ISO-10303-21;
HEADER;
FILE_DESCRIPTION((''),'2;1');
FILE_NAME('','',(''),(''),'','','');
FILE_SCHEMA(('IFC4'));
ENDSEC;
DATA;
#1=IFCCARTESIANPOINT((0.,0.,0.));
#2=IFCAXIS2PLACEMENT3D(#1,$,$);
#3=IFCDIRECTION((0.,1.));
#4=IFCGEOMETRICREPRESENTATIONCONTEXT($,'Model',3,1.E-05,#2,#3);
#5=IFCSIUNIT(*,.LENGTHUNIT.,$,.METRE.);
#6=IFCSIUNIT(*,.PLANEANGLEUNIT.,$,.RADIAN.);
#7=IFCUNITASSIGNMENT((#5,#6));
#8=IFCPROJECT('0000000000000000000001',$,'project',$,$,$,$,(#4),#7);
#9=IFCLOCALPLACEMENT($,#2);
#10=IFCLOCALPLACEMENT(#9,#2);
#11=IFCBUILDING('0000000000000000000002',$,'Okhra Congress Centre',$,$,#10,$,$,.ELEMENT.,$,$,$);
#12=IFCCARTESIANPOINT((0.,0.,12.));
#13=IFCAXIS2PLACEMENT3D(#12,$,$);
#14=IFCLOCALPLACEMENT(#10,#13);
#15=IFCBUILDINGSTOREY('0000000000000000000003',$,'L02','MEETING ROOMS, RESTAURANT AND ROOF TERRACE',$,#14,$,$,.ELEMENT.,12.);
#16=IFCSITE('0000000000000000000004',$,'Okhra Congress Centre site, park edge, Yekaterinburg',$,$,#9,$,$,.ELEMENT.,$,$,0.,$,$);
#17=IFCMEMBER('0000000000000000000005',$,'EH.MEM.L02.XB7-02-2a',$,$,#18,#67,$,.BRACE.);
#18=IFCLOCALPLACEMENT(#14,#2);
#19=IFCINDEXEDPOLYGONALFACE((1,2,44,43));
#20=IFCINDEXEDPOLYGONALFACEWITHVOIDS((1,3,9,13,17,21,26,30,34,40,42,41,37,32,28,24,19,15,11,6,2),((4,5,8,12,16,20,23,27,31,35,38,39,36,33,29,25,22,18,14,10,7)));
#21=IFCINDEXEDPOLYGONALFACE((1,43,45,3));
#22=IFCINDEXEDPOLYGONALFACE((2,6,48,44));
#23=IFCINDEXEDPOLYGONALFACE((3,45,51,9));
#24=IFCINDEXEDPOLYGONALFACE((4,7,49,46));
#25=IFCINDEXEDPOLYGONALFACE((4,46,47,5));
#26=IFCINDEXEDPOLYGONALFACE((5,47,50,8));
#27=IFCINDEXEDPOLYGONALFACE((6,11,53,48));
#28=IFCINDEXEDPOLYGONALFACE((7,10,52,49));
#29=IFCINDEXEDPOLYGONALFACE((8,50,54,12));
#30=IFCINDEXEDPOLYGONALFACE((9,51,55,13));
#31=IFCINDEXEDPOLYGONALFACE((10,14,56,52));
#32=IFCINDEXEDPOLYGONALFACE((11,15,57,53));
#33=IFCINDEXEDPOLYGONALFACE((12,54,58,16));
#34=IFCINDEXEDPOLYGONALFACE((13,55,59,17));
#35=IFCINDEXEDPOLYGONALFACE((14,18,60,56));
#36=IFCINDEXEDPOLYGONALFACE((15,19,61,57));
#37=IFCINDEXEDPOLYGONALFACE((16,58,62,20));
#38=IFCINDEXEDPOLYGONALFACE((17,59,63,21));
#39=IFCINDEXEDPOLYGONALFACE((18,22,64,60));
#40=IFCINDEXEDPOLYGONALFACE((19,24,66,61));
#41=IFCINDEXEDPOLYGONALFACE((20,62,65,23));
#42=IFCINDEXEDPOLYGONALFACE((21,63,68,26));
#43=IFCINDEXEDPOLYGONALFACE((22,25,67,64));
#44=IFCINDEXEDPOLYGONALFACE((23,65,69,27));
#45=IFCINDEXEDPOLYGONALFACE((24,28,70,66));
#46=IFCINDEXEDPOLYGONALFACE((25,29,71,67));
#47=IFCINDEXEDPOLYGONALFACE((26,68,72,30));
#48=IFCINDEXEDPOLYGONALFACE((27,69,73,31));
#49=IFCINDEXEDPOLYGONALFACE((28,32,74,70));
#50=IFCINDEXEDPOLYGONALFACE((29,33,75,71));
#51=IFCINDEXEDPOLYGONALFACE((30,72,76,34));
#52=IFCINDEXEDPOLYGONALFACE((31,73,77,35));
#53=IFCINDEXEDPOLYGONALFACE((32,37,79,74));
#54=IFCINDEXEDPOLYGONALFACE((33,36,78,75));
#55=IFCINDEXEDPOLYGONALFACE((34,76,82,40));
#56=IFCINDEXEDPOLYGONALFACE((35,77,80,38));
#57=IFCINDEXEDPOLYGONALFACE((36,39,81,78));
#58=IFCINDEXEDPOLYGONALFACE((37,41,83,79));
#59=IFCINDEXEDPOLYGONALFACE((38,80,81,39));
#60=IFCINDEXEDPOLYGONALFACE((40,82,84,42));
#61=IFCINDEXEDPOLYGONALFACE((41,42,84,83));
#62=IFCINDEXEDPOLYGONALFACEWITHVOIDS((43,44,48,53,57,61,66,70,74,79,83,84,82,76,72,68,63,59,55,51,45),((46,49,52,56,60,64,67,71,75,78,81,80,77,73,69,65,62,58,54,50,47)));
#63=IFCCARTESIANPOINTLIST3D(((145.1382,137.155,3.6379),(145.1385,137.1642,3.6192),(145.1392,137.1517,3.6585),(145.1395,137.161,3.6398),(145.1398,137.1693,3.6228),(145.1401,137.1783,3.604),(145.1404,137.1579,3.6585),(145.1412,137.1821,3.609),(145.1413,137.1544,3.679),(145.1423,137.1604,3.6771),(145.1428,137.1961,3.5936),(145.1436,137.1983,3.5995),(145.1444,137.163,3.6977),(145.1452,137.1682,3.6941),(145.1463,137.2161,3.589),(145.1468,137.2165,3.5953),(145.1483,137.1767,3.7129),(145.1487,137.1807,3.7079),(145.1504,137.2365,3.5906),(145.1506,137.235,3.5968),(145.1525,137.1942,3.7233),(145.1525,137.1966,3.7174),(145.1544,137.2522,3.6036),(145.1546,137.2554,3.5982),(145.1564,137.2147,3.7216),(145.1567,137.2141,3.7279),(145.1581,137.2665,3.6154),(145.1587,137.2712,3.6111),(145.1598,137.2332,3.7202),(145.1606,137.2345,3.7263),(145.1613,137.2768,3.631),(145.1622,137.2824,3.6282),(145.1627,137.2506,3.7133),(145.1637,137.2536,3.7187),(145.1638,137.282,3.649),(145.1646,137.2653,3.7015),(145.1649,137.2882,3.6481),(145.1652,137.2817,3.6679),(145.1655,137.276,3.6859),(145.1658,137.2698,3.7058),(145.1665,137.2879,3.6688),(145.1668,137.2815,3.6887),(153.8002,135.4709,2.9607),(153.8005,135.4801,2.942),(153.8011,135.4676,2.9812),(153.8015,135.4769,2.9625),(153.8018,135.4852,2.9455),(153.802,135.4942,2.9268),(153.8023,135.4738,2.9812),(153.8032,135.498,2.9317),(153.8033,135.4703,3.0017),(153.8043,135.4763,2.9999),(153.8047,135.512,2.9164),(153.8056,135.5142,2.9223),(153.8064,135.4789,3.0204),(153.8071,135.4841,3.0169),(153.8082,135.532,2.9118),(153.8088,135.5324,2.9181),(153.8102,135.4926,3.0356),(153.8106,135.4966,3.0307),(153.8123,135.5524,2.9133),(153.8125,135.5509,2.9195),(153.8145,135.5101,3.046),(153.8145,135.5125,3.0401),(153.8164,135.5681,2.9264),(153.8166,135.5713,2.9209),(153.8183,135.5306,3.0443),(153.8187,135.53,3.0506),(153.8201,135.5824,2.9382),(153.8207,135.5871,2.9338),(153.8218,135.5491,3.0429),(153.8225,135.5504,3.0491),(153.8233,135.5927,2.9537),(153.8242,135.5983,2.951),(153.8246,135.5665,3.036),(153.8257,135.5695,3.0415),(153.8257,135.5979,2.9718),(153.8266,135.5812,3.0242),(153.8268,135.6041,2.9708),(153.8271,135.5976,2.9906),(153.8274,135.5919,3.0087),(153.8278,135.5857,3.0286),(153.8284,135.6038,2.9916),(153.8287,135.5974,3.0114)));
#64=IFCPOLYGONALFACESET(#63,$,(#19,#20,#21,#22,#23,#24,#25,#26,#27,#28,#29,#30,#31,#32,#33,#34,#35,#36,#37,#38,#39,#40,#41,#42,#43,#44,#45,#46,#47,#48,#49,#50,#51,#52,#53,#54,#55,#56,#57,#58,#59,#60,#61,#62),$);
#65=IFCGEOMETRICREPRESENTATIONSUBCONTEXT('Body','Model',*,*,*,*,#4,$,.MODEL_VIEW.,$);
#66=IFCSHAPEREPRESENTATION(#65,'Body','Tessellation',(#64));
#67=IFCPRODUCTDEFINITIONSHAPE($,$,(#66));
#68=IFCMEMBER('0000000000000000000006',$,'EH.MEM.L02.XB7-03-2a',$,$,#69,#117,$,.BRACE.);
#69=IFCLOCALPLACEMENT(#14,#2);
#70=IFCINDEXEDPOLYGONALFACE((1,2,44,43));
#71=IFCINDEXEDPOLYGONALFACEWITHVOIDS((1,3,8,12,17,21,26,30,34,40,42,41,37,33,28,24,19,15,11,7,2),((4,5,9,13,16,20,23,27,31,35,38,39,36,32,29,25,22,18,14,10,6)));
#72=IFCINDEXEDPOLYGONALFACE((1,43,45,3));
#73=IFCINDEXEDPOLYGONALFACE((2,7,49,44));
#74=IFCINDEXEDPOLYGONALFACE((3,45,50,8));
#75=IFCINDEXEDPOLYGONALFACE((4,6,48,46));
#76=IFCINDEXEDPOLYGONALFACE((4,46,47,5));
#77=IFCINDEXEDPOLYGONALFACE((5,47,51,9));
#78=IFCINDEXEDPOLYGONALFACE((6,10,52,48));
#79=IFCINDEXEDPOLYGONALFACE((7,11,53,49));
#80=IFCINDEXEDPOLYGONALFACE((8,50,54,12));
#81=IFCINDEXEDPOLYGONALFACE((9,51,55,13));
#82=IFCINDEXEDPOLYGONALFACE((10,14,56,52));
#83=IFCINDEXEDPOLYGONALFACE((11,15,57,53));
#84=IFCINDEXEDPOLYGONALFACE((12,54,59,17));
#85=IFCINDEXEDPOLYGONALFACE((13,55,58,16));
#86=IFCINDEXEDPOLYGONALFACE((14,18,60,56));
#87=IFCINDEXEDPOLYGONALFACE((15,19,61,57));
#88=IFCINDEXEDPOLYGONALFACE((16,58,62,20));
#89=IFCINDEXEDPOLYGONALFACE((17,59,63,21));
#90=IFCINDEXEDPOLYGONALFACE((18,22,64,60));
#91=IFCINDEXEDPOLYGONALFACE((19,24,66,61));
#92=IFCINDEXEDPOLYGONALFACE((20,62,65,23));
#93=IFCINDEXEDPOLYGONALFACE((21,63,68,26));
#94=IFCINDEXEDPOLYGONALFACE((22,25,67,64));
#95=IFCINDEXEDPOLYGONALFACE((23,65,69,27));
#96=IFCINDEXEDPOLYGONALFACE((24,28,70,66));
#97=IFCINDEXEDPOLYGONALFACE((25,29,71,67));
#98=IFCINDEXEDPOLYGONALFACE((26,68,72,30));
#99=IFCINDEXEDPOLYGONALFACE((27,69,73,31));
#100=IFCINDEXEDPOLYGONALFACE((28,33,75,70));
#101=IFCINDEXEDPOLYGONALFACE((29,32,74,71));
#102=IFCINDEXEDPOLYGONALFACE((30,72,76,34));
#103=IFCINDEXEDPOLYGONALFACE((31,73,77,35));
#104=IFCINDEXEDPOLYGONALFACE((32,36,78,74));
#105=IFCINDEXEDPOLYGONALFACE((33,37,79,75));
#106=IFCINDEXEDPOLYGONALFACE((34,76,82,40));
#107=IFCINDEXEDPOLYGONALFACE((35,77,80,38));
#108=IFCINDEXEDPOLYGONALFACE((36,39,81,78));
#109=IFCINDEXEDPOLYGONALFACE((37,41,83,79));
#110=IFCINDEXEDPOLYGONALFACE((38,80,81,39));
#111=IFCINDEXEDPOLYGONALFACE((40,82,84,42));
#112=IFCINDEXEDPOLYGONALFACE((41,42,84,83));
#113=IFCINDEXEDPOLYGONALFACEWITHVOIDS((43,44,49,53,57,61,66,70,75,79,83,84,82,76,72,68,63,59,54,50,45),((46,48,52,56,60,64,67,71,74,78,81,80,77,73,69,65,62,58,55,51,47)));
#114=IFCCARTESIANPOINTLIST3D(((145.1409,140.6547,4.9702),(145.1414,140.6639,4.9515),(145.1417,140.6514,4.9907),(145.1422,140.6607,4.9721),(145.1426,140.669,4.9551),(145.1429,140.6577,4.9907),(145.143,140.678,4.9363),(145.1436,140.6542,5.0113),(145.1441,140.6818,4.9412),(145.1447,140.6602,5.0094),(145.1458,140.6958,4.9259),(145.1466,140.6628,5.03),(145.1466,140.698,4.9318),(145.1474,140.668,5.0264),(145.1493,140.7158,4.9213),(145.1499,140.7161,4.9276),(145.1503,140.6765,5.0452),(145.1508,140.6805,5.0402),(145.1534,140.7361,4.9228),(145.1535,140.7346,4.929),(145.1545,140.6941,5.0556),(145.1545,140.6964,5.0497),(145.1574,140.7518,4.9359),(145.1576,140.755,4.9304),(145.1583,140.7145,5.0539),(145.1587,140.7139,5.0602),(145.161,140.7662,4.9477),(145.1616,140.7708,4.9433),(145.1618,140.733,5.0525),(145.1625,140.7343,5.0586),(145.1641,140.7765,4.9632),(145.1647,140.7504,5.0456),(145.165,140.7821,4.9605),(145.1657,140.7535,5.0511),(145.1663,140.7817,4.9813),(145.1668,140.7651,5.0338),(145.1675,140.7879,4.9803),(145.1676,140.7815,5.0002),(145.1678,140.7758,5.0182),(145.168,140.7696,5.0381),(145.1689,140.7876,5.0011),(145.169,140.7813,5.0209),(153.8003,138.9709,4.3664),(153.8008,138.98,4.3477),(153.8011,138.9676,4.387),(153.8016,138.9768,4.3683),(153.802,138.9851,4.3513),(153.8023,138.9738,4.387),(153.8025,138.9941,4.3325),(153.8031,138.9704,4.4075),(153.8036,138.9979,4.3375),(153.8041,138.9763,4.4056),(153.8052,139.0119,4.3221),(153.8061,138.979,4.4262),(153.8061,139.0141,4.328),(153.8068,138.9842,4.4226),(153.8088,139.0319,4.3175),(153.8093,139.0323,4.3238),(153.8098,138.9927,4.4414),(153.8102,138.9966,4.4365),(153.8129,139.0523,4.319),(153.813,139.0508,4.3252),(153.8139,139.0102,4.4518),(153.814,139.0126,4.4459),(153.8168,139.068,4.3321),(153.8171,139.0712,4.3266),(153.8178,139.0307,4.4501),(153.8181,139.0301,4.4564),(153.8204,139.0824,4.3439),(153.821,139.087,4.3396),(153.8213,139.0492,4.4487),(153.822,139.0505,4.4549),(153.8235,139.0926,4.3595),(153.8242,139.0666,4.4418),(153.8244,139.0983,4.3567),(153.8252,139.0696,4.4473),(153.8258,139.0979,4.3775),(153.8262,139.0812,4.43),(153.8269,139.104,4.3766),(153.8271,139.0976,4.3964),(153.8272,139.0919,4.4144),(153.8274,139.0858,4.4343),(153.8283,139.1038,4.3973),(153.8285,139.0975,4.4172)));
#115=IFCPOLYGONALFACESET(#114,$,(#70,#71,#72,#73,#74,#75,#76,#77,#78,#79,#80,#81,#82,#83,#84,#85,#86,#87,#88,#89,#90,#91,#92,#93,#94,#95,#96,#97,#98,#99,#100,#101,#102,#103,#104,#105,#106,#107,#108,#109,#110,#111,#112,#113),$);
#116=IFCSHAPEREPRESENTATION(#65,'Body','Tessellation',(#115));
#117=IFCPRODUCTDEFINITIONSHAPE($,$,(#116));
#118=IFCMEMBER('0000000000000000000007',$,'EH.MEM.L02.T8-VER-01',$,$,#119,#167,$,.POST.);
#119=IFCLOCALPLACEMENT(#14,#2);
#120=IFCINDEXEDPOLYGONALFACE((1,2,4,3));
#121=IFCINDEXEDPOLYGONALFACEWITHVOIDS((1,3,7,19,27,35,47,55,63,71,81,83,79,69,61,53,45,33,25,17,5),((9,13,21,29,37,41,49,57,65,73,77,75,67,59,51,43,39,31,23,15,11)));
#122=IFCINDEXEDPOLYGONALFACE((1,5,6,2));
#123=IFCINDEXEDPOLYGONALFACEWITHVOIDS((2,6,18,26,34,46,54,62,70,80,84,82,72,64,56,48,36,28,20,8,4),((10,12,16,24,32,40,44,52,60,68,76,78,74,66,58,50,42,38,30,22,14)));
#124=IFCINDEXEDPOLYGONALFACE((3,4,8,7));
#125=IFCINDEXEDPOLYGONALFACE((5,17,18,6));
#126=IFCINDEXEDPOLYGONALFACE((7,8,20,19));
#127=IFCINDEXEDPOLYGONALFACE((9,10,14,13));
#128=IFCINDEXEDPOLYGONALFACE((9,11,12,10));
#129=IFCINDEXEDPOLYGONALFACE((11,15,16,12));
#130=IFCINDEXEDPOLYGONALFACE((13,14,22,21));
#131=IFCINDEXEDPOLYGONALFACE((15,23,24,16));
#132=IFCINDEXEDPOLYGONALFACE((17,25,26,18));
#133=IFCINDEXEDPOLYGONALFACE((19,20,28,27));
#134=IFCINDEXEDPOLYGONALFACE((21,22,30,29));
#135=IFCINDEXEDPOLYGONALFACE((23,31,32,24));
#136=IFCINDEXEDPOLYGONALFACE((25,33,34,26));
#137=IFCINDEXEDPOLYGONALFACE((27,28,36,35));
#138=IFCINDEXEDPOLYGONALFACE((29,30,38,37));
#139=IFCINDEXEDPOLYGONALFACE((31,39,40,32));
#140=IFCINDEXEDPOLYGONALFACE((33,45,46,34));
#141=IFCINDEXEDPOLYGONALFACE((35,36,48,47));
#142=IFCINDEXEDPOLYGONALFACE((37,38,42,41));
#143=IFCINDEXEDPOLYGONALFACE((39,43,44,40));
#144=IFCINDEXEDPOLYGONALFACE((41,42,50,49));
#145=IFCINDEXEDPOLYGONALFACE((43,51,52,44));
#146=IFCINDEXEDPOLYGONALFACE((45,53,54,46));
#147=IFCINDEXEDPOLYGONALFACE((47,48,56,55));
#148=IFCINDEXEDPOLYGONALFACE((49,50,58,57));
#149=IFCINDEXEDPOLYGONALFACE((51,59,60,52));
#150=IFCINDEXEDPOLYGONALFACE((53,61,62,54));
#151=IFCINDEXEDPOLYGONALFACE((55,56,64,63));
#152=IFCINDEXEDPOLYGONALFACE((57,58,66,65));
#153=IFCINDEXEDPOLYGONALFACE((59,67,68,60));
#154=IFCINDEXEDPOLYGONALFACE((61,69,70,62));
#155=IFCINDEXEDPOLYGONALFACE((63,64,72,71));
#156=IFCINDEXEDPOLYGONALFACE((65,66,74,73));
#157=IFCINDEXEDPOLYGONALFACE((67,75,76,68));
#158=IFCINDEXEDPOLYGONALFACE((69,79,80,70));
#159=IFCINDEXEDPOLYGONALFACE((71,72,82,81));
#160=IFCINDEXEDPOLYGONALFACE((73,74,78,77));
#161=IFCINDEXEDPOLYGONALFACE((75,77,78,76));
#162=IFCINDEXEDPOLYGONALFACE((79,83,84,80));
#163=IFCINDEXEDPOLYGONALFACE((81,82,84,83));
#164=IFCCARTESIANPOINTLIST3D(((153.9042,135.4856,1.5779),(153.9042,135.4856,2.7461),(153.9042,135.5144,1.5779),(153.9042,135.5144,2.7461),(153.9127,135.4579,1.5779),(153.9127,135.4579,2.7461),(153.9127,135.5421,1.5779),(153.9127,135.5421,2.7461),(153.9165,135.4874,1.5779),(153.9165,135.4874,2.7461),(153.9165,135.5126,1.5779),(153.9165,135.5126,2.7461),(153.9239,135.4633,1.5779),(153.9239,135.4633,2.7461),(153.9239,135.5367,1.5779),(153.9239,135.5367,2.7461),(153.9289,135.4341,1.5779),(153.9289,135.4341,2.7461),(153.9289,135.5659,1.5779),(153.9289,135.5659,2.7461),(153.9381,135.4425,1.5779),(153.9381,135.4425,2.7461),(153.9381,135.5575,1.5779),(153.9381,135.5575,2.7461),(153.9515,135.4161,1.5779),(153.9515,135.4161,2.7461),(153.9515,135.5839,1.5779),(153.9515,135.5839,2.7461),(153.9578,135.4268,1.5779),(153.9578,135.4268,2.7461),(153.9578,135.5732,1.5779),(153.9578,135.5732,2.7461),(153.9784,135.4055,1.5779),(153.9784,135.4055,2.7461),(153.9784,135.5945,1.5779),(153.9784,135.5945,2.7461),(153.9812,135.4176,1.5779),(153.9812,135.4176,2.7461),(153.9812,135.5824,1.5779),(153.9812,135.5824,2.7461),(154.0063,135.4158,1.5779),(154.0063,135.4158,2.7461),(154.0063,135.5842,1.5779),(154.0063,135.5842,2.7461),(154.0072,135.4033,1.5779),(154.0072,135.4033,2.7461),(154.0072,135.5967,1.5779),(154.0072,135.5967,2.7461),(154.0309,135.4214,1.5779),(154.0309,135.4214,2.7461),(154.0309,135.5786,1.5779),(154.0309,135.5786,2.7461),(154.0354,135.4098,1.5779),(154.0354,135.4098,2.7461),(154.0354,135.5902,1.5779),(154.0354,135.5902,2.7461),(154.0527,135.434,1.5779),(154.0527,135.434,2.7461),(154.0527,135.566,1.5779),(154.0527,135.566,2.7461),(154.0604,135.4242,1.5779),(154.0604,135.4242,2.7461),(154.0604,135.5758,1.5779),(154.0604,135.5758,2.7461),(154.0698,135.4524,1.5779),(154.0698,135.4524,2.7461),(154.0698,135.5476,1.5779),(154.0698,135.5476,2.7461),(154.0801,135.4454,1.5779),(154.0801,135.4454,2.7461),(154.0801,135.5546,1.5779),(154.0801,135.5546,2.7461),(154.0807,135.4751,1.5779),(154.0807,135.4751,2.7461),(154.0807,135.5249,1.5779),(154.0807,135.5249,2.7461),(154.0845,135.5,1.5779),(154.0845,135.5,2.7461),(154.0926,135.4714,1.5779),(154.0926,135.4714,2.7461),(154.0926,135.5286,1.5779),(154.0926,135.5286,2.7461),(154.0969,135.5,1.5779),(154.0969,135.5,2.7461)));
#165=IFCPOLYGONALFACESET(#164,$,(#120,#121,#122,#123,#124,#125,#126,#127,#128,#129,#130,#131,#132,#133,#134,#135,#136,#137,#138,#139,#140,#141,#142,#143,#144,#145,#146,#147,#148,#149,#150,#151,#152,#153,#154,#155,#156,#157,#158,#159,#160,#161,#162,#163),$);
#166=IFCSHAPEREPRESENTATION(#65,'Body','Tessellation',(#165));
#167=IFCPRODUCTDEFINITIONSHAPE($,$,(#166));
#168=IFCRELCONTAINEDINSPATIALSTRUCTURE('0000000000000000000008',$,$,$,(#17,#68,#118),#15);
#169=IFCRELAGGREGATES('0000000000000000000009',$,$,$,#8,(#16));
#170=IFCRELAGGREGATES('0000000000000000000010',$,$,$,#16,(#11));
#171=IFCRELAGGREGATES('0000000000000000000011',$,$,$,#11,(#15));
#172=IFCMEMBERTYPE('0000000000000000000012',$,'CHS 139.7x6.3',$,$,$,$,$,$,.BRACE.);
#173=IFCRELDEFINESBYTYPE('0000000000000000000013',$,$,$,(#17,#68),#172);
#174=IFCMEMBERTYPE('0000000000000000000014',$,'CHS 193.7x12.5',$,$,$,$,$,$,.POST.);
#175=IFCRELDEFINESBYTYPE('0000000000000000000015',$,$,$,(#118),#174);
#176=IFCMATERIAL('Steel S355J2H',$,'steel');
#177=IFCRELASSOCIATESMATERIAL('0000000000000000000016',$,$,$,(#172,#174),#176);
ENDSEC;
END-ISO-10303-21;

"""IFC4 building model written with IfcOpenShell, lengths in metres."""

from ifc_helpers import new_model, si_unit, direction, frame, origin, origin_2d, place, context, subcontext, project, spatial, hollow_circle, extrude, material, material_profile, profile_set, type_object, element, save


model = new_model("IFC4")

# Units and contexts
model_context = context("Model", 3, precision=1e-05, world=origin(), true_north=direction((0.0, 1.0)))
body_context = subcontext(model_context, "Body", "Model", "MODEL_VIEW")
ifc_project = project(units=[si_unit("LENGTHUNIT", "METRE"), si_unit("PLANEANGLEUNIT", "RADIAN")], contexts=[model_context])

# Site, building, storey
site_placement = place(None, origin())
site = spatial("IfcSite", under=ifc_project, at=site_placement, Name="Okhra Congress Centre site, park edge, Yekaterinburg", CompositionType="ELEMENT", RefElevation=0.0)
building_placement = place(site_placement, origin())
building = spatial("IfcBuilding", under=site, at=building_placement, Name="Okhra Congress Centre", CompositionType="ELEMENT")
storey_placement = place(building_placement, frame((0.0, 0.0, 12.0)))
storey = spatial("IfcBuildingStorey", under=building, at=storey_placement, Name="L02", Description="MEETING ROOMS, RESTAURANT AND ROOF TERRACE", CompositionType="ELEMENT", Elevation=12.0)

# Members
ifc_material_1 = material(Name="Steel S355J2H", Category="steel")
ifc_material_profile_1 = material_profile(ifc_material_1, hollow_circle(Radius=0.0698, WallThickness=0.0063, at=origin_2d()), Name="CHS 139.7x6.3")
ifc_profile_set_1 = profile_set([ifc_material_profile_1], Name="Steel S355J2H")
member_type_1 = type_object("IfcMemberType", Name="CHS 139.7x6.3", PredefinedType="BRACE", material=ifc_profile_set_1)
member_1_placement = place(storey_placement, frame((153.8145, 135.5361, 2.9812), z_axis=(-0.978741, 0.190292, 0.076525), x_axis=(-0.190851, -0.981619, 0.0)))
element("IfcMember", 1, at=member_1_placement, inside=storey, type_object=member_type_1, Name="EH.MEM.L02.XB7-02-2a", PredefinedType="BRACE", context=body_context, shape_type="SweptSolid", body=[
    extrude(hollow_circle(Radius=0.0698, WallThickness=0.0063, at=origin_2d()), origin(), (0.0, 0.0, 1.0), 8.8501),
])
member_2_placement = place(storey_placement, frame((153.8145, 139.0361, 4.387), z_axis=(-0.979323, 0.190431, 0.068281), x_axis=(-0.190876, -0.981614, 0.0)))
element("IfcMember", 2, at=member_2_placement, inside=storey, type_object=member_type_1, Name="EH.MEM.L02.XB7-03-2a", PredefinedType="BRACE", context=body_context, shape_type="SweptSolid", body=[
    extrude(hollow_circle(Radius=0.0698, WallThickness=0.0063, at=origin_2d()), origin(), (0.0, 0.0, 1.0), 8.8423),
])
ifc_material_profile_2 = material_profile(ifc_material_1, hollow_circle(Radius=0.0969, WallThickness=0.0125, at=origin_2d()), Name="CHS 193.7x12.5")
ifc_profile_set_2 = profile_set([ifc_material_profile_2], Name="Steel S355J2H")
member_type_2 = type_object("IfcMemberType", Name="CHS 193.7x12.5", PredefinedType="POST", material=ifc_profile_set_2)
member_3_placement = place(storey_placement, frame((154.0, 135.5, 1.5779), z_axis=(0.0, 0.0, 1.0), x_axis=(1.0, 0.0, 0.0)))
element("IfcMember", 3, at=member_3_placement, inside=storey, type_object=member_type_2, Name="EH.MEM.L02.T8-VER-01", PredefinedType="POST", context=body_context, shape_type="SweptSolid", body=[
    extrude(hollow_circle(Radius=0.0969, WallThickness=0.0125, at=origin_2d()), origin(), (0.0, 0.0, 1.0), 1.1682),
])

save(model, "model.ifc")
